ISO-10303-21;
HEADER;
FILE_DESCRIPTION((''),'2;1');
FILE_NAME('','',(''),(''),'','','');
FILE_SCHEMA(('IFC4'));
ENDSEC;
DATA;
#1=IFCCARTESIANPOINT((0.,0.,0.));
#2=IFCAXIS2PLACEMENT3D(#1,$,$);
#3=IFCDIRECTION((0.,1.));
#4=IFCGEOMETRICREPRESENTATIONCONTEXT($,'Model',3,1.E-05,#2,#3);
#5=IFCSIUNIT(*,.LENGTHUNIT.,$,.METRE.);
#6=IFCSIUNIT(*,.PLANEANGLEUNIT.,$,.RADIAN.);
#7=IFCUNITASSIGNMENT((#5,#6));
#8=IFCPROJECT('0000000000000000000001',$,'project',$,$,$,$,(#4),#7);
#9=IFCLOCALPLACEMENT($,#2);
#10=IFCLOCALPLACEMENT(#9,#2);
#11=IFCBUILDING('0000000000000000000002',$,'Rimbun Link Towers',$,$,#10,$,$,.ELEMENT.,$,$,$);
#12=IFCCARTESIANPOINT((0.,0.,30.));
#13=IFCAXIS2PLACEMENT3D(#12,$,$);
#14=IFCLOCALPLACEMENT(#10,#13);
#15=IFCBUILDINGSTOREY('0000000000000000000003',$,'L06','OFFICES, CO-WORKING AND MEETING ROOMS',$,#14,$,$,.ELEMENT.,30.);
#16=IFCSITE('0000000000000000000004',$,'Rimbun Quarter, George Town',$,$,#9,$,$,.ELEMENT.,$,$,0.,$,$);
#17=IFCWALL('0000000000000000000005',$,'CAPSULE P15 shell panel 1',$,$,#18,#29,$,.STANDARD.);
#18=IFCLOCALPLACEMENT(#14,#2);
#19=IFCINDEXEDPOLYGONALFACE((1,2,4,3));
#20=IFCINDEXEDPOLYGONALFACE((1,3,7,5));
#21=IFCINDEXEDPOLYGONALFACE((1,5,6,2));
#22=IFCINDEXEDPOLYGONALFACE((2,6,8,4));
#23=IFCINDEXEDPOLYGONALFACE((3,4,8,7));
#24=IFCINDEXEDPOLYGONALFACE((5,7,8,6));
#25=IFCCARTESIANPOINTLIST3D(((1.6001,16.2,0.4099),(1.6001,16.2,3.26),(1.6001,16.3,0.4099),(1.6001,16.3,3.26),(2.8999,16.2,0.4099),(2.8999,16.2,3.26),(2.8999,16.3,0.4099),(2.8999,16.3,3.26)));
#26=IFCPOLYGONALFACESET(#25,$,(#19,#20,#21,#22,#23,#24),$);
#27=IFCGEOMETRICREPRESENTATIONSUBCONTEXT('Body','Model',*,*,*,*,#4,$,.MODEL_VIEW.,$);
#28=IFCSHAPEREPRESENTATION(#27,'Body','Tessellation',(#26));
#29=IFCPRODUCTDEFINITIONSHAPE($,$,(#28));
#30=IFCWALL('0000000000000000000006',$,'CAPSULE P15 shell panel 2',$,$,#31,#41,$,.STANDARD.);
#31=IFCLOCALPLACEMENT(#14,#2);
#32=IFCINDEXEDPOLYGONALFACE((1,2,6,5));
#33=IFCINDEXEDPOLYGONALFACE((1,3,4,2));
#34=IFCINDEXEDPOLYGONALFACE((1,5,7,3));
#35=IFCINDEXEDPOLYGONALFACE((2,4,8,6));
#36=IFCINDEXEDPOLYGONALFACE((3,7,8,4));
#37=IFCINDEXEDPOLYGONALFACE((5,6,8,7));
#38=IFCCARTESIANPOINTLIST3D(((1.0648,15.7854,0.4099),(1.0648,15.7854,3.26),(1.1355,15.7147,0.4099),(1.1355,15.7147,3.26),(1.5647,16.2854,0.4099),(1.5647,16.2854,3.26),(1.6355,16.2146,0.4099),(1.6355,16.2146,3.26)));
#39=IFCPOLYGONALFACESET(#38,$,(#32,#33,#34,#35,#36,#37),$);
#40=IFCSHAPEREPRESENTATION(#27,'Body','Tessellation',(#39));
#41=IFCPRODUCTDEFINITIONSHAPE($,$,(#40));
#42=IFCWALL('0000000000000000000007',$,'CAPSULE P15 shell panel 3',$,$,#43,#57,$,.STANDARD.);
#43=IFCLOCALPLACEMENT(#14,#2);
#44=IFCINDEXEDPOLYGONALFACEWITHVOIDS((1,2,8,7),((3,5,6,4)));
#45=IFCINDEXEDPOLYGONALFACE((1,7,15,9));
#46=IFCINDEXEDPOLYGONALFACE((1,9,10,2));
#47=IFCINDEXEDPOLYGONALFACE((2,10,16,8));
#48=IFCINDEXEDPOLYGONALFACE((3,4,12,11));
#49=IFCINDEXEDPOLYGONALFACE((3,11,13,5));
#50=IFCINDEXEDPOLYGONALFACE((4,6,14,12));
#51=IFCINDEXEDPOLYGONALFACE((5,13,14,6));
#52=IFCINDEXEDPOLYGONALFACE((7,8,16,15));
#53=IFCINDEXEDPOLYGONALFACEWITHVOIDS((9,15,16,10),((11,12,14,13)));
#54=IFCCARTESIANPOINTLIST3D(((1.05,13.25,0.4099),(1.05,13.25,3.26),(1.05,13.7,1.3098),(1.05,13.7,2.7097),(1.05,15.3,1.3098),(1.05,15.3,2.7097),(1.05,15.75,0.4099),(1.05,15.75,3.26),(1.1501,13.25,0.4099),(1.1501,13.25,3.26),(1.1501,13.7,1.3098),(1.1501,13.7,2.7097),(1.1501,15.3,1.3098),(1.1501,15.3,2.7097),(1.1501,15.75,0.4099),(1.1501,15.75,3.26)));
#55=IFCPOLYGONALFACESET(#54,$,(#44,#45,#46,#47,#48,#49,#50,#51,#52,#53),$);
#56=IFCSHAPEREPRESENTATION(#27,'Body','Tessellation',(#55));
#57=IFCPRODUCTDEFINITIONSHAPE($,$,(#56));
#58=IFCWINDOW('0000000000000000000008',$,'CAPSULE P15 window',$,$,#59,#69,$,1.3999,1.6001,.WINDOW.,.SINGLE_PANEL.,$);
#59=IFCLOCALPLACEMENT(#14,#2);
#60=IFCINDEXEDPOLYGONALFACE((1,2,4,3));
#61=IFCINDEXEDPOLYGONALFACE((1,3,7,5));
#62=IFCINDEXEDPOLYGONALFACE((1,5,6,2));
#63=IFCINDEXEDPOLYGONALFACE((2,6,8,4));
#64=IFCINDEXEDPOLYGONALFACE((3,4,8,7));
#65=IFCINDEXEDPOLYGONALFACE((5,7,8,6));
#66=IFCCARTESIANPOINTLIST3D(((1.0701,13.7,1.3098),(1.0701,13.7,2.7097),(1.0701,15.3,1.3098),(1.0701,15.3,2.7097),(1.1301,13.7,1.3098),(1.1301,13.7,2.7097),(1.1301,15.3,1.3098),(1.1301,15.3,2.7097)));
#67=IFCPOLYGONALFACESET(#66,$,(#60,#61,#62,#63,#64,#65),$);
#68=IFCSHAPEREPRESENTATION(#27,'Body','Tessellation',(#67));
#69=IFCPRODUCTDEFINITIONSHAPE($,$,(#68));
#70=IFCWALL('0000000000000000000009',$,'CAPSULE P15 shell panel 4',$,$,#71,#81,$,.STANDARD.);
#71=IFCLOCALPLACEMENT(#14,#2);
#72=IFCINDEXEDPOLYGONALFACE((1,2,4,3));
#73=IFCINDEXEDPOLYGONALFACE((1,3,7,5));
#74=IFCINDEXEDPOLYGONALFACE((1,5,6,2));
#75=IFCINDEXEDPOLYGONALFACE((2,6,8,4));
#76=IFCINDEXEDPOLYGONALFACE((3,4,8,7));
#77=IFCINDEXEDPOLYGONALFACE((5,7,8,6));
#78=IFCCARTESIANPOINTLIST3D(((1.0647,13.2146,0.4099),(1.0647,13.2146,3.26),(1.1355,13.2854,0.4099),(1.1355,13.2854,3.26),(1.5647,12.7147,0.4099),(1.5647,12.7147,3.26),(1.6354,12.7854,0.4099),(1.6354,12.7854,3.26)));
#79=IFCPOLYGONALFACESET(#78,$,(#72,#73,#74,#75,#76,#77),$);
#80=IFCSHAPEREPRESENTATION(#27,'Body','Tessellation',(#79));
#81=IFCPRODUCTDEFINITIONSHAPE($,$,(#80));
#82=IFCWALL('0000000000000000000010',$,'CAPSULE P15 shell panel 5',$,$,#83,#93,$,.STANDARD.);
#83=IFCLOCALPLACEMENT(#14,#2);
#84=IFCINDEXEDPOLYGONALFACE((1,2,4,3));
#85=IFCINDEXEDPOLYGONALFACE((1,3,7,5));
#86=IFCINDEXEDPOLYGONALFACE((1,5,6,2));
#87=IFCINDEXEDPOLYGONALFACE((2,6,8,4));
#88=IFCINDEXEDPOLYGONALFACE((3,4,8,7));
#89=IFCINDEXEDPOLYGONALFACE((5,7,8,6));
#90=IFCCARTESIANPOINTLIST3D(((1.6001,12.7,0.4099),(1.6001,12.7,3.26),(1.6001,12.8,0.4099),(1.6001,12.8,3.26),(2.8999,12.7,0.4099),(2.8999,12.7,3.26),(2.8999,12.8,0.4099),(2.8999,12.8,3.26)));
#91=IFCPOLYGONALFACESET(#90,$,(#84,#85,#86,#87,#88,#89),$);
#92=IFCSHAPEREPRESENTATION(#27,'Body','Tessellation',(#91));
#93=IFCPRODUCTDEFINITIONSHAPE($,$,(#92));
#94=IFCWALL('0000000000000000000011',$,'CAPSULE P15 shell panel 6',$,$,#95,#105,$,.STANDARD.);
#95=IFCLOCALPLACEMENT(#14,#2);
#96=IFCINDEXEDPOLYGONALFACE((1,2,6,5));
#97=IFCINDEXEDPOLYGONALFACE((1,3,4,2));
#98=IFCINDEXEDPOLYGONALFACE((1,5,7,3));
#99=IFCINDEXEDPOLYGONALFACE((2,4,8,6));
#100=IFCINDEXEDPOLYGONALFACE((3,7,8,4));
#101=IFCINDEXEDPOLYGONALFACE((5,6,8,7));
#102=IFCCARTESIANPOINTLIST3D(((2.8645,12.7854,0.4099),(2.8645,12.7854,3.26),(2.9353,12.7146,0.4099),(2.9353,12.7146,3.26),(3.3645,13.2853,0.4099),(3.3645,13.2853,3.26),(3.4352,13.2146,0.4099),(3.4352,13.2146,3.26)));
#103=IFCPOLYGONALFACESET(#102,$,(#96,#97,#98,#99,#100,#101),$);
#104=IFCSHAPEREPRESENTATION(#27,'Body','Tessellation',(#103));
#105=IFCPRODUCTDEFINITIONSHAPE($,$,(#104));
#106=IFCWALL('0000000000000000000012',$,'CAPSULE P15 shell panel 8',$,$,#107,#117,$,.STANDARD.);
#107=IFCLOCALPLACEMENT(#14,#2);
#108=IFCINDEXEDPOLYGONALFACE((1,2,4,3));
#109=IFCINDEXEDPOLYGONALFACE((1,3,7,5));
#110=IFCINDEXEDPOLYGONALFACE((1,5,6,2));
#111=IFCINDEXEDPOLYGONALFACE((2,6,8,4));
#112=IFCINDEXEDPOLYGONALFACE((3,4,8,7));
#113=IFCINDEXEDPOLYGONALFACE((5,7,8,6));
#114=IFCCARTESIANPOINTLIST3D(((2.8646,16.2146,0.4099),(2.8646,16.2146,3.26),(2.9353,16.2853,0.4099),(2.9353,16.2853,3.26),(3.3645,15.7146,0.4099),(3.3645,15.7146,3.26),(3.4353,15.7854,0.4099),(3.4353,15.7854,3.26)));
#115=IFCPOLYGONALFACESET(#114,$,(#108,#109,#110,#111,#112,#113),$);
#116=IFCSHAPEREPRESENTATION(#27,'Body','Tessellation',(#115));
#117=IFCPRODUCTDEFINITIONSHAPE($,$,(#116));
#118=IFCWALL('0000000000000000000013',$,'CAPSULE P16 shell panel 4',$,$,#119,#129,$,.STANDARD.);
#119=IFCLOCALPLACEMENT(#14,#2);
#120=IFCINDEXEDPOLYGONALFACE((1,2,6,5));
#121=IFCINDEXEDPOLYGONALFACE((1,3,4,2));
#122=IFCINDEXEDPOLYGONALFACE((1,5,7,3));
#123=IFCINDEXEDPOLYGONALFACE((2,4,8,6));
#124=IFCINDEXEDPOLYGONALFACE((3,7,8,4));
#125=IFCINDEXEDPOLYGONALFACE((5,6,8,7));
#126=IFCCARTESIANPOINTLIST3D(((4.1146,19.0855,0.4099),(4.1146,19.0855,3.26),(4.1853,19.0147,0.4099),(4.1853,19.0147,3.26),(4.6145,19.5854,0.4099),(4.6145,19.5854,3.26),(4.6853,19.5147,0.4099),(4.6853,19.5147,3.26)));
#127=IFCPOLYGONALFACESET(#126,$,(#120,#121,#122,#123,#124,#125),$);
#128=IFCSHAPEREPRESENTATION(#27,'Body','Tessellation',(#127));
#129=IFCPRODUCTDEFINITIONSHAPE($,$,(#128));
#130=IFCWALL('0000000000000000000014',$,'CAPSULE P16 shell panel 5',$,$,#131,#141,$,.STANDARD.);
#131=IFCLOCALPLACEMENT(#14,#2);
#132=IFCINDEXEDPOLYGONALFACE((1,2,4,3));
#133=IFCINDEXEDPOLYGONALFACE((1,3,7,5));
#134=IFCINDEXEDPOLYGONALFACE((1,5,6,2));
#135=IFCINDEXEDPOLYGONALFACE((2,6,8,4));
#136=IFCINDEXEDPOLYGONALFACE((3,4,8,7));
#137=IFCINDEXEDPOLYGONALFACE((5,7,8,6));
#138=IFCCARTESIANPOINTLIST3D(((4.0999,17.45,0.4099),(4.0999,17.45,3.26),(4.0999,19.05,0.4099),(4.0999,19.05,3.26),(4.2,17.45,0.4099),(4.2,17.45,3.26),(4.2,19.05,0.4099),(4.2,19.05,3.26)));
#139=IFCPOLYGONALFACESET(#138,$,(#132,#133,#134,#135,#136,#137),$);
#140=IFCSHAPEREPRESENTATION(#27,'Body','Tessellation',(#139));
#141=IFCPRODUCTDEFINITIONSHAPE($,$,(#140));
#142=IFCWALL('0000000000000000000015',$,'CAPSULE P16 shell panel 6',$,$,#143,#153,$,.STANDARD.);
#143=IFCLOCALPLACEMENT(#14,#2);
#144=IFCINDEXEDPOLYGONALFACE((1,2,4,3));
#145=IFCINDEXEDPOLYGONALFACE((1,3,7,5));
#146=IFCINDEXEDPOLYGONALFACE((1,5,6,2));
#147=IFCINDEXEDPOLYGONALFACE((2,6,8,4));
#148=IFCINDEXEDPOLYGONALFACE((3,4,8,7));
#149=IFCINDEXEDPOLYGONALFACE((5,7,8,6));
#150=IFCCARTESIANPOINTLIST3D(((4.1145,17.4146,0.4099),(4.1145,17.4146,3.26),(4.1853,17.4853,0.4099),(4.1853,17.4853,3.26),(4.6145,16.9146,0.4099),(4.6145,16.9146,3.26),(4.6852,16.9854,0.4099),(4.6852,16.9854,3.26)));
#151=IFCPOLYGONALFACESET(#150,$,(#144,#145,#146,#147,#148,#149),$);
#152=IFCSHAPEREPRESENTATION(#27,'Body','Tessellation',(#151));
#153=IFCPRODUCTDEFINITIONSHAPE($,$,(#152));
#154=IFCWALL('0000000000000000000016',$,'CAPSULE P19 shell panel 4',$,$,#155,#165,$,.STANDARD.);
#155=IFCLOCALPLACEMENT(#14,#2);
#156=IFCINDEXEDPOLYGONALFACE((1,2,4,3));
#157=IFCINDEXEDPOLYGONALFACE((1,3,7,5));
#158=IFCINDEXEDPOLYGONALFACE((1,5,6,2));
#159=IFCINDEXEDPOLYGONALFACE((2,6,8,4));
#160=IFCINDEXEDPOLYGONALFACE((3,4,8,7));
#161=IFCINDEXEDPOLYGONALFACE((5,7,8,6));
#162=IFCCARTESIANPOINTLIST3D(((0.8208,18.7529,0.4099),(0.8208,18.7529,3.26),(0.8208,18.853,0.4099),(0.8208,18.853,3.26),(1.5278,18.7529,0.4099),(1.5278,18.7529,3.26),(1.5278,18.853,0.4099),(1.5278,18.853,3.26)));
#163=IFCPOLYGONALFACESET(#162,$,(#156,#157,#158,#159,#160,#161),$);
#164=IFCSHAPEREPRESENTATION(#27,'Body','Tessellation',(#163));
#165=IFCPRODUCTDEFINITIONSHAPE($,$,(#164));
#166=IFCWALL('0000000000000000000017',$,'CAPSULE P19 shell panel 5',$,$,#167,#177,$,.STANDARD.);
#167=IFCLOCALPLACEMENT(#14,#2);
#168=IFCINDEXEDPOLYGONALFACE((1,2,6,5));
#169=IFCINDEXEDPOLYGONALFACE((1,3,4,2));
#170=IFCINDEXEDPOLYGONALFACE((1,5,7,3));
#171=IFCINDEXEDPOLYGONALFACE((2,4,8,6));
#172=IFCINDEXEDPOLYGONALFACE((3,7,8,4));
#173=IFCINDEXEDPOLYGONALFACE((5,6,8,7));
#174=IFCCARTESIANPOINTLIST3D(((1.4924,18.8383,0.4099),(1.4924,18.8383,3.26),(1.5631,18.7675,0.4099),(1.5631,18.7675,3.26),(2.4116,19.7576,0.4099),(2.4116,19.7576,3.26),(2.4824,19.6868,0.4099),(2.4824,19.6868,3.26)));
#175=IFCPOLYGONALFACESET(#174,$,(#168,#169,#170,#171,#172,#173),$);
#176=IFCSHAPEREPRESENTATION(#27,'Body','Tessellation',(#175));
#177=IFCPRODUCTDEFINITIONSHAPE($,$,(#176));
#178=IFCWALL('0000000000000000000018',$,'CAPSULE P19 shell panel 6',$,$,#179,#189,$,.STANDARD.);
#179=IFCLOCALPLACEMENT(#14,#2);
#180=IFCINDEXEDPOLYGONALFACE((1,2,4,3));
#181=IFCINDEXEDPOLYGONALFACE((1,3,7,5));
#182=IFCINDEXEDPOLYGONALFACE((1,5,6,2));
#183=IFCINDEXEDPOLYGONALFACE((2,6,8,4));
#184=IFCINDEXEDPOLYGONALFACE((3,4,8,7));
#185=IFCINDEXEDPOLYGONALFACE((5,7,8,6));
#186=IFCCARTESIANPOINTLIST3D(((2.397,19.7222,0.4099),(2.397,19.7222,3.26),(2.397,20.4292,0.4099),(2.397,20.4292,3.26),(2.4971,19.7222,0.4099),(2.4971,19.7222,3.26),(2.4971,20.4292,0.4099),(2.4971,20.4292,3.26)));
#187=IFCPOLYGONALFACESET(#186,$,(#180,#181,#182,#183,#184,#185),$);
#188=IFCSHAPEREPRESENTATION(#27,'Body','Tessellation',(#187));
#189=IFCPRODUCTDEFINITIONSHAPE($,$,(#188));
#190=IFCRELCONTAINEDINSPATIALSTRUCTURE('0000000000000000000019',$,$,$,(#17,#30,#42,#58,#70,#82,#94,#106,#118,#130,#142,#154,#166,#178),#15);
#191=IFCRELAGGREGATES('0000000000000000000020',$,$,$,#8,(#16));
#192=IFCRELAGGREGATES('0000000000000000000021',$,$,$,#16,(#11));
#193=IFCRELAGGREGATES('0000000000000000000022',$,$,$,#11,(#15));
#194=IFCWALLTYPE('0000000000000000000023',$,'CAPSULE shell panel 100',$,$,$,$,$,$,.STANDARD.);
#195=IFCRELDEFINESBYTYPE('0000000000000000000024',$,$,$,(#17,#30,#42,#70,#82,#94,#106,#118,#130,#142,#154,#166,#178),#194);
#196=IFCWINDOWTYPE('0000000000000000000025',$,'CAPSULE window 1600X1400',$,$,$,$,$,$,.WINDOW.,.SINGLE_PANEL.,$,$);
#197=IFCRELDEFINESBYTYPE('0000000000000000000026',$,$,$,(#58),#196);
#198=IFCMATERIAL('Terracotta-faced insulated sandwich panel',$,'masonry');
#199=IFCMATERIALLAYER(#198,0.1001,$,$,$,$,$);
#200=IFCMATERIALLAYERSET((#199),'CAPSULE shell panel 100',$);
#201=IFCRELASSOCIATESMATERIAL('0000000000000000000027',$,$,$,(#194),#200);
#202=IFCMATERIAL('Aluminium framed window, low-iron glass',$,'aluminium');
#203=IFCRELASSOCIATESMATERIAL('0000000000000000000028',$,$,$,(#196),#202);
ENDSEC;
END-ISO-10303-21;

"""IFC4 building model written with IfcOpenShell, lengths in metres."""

from ifc_helpers import new_model, si_unit, direction, frame, frame_2d, origin, place, context, subcontext, project, spatial, rectangle, extrude, material, layer, layer_set, type_object, element, fill, save


model = new_model("IFC4")

# Units and contexts
model_context = context("Model", 3, precision=1e-05, world=origin(), true_north=direction((0.0, 1.0)))
body_context = subcontext(model_context, "Body", "Model", "MODEL_VIEW")
ifc_project = project(units=[si_unit("LENGTHUNIT", "METRE"), si_unit("PLANEANGLEUNIT", "RADIAN")], contexts=[model_context])

# Site, building, storey
site_placement = place(None, origin())
site = spatial("IfcSite", under=ifc_project, at=site_placement, Name="Rimbun Quarter, George Town", CompositionType="ELEMENT", RefElevation=0.0)
building_placement = place(site_placement, origin())
building = spatial("IfcBuilding", under=site, at=building_placement, Name="Rimbun Link Towers", CompositionType="ELEMENT")
storey_placement = place(building_placement, frame((0.0, 0.0, 30.0)))
storey = spatial("IfcBuildingStorey", under=building, at=storey_placement, Name="L06", Description="OFFICES, CO-WORKING AND MEETING ROOMS", CompositionType="ELEMENT", Elevation=30.0)

# Walls
ifc_material_1 = material(Name="Terracotta-faced insulated sandwich panel", Category="masonry")
ifc_layer_1 = layer(ifc_material_1, 0.1001)
ifc_layer_set_1 = layer_set([ifc_layer_1], Name="CAPSULE shell panel 100")
wall_type_1 = type_object("IfcWallType", Name="CAPSULE shell panel 100", PredefinedType="STANDARD", material=ifc_layer_set_1)
wall_1_placement = place(storey_placement, frame((2.8999, 16.25, 0.4099), z_axis=(0.0, 0.0, 1.0), x_axis=(-1.0, 0.0, 0.0)))
element("IfcWall", 1, at=wall_1_placement, inside=storey, type_object=wall_type_1, Name="CAPSULE P15 shell panel 1", PredefinedType="STANDARD", context=body_context, shape_type="SweptSolid", body=[
    extrude(rectangle(XDim=1.2998, YDim=0.1001, at=frame_2d((0.6499, 0.0))), origin(), (0.0, 0.0, 1.0), 2.8501),
])
wall_2_placement = place(storey_placement, frame((1.6001, 16.25, 0.4099), z_axis=(0.0, 0.0, 1.0), x_axis=(-0.707107, -0.707107, 0.0)))
element("IfcWall", 2, at=wall_2_placement, inside=storey, type_object=wall_type_1, Name="CAPSULE P15 shell panel 2", PredefinedType="STANDARD", context=body_context, shape_type="SweptSolid", body=[
    extrude(rectangle(XDim=0.707, YDim=0.1001, at=frame_2d((0.3535, 0.0))), origin(), (0.0, 0.0, 1.0), 2.8501),
])

# Wall, opening, window
wall_3_placement = place(storey_placement, frame((1.1001, 15.75, 0.4099), z_axis=(0.0, 0.0, 1.0), x_axis=(0.0, -1.0, 0.0)))
wall_3 = element("IfcWall", 3, at=wall_3_placement, inside=storey, type_object=wall_type_1, Name="CAPSULE P15 shell panel 3", PredefinedType="STANDARD", context=body_context, shape_type="SweptSolid", body=[
    extrude(rectangle(XDim=2.5, YDim=0.1001, at=frame_2d((1.25, 0.0))), origin(), (0.0, 0.0, 1.0), 2.8501),
])
opening_1_placement = place(wall_3_placement, frame((0.45, 0.0, 0.8999)))
opening_1 = element("IfcOpeningElement", 4, at=opening_1_placement, cuts=wall_3, PredefinedType="OPENING", context=body_context, shape_type="SweptSolid", body=[
    extrude(rectangle(XDim=1.6001, YDim=1.3999, at=frame_2d((0.8, 0.7))), frame((0.0, 0.0601, 0.0), z_axis=(0.0, -1.0, 0.0), x_axis=(1.0, 0.0, 0.0)), (0.0, 0.0, 1.0), 0.1201),
])
ifc_material_2 = material(Name="Aluminium framed window, low-iron glass", Category="aluminium")
window_type = type_object("IfcWindowType", Name="CAPSULE window 1600X1400", PartitioningType="SINGLE_PANEL", PredefinedType="WINDOW", material=ifc_material_2)
window_1_placement = place(opening_1_placement, origin())
window_1 = element("IfcWindow", 5, at=window_1_placement, inside=storey, type_object=window_type, Name="CAPSULE P15 window", OverallHeight=1.3999, OverallWidth=1.6001, PartitioningType="SINGLE_PANEL", PredefinedType="WINDOW", context=body_context, shape_type="SweptSolid", body=[
    extrude(rectangle(XDim=1.6001, YDim=1.3999, at=frame_2d((0.8, 0.7))), frame((0.0, 0.03, 0.0), z_axis=(0.0, -1.0, 0.0), x_axis=(1.0, 0.0, 0.0)), (0.0, 0.0, 1.0), 0.0601),
])
fill(opening_1, window_1)

# Walls
wall_4_placement = place(storey_placement, frame((1.1001, 13.25, 0.4099), z_axis=(0.0, 0.0, 1.0), x_axis=(0.707107, -0.707107, 0.0)))
element("IfcWall", 6, at=wall_4_placement, inside=storey, type_object=wall_type_1, Name="CAPSULE P15 shell panel 4", PredefinedType="STANDARD", context=body_context, shape_type="SweptSolid", body=[
    extrude(rectangle(XDim=0.707, YDim=0.1001, at=frame_2d((0.3535, 0.0))), origin(), (0.0, 0.0, 1.0), 2.8501),
])
wall_5_placement = place(storey_placement, frame((1.6001, 12.75, 0.4099), z_axis=(0.0, 0.0, 1.0), x_axis=(1.0, 0.0, 0.0)))
element("IfcWall", 7, at=wall_5_placement, inside=storey, type_object=wall_type_1, Name="CAPSULE P15 shell panel 5", PredefinedType="STANDARD", context=body_context, shape_type="SweptSolid", body=[
    extrude(rectangle(XDim=1.2998, YDim=0.1001, at=frame_2d((0.6499, 0.0))), origin(), (0.0, 0.0, 1.0), 2.8501),
])
for number, where, z_axis, x_axis, name in (
    (8, (2.8999, 12.75, 0.4099), (0.0, 0.0, 1.0), (0.707107, 0.707107, 0.0), "CAPSULE P15 shell panel 6"),
    (9, (3.3999, 15.75, 0.4099), (0.0, 0.0, 1.0), (-0.707107, 0.707107, 0.0), "CAPSULE P15 shell panel 8"),
    (10, (4.6499, 19.55, 0.4099), (0.0, 0.0, 1.0), (-0.707107, -0.707107, 0.0), "CAPSULE P16 shell panel 4"),
):
    element("IfcWall", number, at=place(storey_placement, frame(where, z_axis=z_axis, x_axis=x_axis)), inside=storey, type_object=wall_type_1, Name=name, PredefinedType="STANDARD", context=body_context, shape_type="SweptSolid", body=[
        extrude(rectangle(XDim=0.707, YDim=0.1001, at=frame_2d((0.3535, 0.0))), origin(), (0.0, 0.0, 1.0), 2.8501),
    ])
wall_6_placement = place(storey_placement, frame((4.1499, 19.05, 0.4099), z_axis=(0.0, 0.0, 1.0), x_axis=(0.0, -1.0, 0.0)))
element("IfcWall", 11, at=wall_6_placement, inside=storey, type_object=wall_type_1, Name="CAPSULE P16 shell panel 5", PredefinedType="STANDARD", context=body_context, shape_type="SweptSolid", body=[
    extrude(rectangle(XDim=1.6001, YDim=0.1001, at=frame_2d((0.8, 0.0))), origin(), (0.0, 0.0, 1.0), 2.8501),
])
for number, where, z_axis, x_axis, name in (
    (12, (4.1499, 17.45, 0.4099), (0.0, 0.0, 1.0), (0.707107, -0.707107, 0.0), "CAPSULE P16 shell panel 6"),
    (13, (0.8208, 18.803, 0.4099), (0.0, 0.0, 1.0), (1.0, 0.0, 0.0), "CAPSULE P19 shell panel 4"),
):
    element("IfcWall", number, at=place(storey_placement, frame(where, z_axis=z_axis, x_axis=x_axis)), inside=storey, type_object=wall_type_1, Name=name, PredefinedType="STANDARD", context=body_context, shape_type="SweptSolid", body=[
        extrude(rectangle(XDim=0.707, YDim=0.1001, at=frame_2d((0.3535, 0.0))), origin(), (0.0, 0.0, 1.0), 2.8501),
    ])
wall_7_placement = place(storey_placement, frame((1.5278, 18.803, 0.4099), z_axis=(0.0, 0.0, 1.0), x_axis=(0.707107, 0.707107, 0.0)))
element("IfcWall", 14, at=wall_7_placement, inside=storey, type_object=wall_type_1, Name="CAPSULE P19 shell panel 5", PredefinedType="STANDARD", context=body_context, shape_type="SweptSolid", body=[
    extrude(rectangle(XDim=1.3, YDim=0.1001, at=frame_2d((0.6499, 0.0))), origin(), (0.0, 0.0, 1.0), 2.8501),
])
wall_8_placement = place(storey_placement, frame((2.447, 19.7222, 0.4099), z_axis=(0.0, 0.0, 1.0), x_axis=(0.0, 1.0, 0.0)))
element("IfcWall", 15, at=wall_8_placement, inside=storey, type_object=wall_type_1, Name="CAPSULE P19 shell panel 6", PredefinedType="STANDARD", context=body_context, shape_type="SweptSolid", body=[
    extrude(rectangle(XDim=0.707, YDim=0.1001, at=frame_2d((0.3535, 0.0))), origin(), (0.0, 0.0, 1.0), 2.8501),
])

save(model, "model.ifc")
